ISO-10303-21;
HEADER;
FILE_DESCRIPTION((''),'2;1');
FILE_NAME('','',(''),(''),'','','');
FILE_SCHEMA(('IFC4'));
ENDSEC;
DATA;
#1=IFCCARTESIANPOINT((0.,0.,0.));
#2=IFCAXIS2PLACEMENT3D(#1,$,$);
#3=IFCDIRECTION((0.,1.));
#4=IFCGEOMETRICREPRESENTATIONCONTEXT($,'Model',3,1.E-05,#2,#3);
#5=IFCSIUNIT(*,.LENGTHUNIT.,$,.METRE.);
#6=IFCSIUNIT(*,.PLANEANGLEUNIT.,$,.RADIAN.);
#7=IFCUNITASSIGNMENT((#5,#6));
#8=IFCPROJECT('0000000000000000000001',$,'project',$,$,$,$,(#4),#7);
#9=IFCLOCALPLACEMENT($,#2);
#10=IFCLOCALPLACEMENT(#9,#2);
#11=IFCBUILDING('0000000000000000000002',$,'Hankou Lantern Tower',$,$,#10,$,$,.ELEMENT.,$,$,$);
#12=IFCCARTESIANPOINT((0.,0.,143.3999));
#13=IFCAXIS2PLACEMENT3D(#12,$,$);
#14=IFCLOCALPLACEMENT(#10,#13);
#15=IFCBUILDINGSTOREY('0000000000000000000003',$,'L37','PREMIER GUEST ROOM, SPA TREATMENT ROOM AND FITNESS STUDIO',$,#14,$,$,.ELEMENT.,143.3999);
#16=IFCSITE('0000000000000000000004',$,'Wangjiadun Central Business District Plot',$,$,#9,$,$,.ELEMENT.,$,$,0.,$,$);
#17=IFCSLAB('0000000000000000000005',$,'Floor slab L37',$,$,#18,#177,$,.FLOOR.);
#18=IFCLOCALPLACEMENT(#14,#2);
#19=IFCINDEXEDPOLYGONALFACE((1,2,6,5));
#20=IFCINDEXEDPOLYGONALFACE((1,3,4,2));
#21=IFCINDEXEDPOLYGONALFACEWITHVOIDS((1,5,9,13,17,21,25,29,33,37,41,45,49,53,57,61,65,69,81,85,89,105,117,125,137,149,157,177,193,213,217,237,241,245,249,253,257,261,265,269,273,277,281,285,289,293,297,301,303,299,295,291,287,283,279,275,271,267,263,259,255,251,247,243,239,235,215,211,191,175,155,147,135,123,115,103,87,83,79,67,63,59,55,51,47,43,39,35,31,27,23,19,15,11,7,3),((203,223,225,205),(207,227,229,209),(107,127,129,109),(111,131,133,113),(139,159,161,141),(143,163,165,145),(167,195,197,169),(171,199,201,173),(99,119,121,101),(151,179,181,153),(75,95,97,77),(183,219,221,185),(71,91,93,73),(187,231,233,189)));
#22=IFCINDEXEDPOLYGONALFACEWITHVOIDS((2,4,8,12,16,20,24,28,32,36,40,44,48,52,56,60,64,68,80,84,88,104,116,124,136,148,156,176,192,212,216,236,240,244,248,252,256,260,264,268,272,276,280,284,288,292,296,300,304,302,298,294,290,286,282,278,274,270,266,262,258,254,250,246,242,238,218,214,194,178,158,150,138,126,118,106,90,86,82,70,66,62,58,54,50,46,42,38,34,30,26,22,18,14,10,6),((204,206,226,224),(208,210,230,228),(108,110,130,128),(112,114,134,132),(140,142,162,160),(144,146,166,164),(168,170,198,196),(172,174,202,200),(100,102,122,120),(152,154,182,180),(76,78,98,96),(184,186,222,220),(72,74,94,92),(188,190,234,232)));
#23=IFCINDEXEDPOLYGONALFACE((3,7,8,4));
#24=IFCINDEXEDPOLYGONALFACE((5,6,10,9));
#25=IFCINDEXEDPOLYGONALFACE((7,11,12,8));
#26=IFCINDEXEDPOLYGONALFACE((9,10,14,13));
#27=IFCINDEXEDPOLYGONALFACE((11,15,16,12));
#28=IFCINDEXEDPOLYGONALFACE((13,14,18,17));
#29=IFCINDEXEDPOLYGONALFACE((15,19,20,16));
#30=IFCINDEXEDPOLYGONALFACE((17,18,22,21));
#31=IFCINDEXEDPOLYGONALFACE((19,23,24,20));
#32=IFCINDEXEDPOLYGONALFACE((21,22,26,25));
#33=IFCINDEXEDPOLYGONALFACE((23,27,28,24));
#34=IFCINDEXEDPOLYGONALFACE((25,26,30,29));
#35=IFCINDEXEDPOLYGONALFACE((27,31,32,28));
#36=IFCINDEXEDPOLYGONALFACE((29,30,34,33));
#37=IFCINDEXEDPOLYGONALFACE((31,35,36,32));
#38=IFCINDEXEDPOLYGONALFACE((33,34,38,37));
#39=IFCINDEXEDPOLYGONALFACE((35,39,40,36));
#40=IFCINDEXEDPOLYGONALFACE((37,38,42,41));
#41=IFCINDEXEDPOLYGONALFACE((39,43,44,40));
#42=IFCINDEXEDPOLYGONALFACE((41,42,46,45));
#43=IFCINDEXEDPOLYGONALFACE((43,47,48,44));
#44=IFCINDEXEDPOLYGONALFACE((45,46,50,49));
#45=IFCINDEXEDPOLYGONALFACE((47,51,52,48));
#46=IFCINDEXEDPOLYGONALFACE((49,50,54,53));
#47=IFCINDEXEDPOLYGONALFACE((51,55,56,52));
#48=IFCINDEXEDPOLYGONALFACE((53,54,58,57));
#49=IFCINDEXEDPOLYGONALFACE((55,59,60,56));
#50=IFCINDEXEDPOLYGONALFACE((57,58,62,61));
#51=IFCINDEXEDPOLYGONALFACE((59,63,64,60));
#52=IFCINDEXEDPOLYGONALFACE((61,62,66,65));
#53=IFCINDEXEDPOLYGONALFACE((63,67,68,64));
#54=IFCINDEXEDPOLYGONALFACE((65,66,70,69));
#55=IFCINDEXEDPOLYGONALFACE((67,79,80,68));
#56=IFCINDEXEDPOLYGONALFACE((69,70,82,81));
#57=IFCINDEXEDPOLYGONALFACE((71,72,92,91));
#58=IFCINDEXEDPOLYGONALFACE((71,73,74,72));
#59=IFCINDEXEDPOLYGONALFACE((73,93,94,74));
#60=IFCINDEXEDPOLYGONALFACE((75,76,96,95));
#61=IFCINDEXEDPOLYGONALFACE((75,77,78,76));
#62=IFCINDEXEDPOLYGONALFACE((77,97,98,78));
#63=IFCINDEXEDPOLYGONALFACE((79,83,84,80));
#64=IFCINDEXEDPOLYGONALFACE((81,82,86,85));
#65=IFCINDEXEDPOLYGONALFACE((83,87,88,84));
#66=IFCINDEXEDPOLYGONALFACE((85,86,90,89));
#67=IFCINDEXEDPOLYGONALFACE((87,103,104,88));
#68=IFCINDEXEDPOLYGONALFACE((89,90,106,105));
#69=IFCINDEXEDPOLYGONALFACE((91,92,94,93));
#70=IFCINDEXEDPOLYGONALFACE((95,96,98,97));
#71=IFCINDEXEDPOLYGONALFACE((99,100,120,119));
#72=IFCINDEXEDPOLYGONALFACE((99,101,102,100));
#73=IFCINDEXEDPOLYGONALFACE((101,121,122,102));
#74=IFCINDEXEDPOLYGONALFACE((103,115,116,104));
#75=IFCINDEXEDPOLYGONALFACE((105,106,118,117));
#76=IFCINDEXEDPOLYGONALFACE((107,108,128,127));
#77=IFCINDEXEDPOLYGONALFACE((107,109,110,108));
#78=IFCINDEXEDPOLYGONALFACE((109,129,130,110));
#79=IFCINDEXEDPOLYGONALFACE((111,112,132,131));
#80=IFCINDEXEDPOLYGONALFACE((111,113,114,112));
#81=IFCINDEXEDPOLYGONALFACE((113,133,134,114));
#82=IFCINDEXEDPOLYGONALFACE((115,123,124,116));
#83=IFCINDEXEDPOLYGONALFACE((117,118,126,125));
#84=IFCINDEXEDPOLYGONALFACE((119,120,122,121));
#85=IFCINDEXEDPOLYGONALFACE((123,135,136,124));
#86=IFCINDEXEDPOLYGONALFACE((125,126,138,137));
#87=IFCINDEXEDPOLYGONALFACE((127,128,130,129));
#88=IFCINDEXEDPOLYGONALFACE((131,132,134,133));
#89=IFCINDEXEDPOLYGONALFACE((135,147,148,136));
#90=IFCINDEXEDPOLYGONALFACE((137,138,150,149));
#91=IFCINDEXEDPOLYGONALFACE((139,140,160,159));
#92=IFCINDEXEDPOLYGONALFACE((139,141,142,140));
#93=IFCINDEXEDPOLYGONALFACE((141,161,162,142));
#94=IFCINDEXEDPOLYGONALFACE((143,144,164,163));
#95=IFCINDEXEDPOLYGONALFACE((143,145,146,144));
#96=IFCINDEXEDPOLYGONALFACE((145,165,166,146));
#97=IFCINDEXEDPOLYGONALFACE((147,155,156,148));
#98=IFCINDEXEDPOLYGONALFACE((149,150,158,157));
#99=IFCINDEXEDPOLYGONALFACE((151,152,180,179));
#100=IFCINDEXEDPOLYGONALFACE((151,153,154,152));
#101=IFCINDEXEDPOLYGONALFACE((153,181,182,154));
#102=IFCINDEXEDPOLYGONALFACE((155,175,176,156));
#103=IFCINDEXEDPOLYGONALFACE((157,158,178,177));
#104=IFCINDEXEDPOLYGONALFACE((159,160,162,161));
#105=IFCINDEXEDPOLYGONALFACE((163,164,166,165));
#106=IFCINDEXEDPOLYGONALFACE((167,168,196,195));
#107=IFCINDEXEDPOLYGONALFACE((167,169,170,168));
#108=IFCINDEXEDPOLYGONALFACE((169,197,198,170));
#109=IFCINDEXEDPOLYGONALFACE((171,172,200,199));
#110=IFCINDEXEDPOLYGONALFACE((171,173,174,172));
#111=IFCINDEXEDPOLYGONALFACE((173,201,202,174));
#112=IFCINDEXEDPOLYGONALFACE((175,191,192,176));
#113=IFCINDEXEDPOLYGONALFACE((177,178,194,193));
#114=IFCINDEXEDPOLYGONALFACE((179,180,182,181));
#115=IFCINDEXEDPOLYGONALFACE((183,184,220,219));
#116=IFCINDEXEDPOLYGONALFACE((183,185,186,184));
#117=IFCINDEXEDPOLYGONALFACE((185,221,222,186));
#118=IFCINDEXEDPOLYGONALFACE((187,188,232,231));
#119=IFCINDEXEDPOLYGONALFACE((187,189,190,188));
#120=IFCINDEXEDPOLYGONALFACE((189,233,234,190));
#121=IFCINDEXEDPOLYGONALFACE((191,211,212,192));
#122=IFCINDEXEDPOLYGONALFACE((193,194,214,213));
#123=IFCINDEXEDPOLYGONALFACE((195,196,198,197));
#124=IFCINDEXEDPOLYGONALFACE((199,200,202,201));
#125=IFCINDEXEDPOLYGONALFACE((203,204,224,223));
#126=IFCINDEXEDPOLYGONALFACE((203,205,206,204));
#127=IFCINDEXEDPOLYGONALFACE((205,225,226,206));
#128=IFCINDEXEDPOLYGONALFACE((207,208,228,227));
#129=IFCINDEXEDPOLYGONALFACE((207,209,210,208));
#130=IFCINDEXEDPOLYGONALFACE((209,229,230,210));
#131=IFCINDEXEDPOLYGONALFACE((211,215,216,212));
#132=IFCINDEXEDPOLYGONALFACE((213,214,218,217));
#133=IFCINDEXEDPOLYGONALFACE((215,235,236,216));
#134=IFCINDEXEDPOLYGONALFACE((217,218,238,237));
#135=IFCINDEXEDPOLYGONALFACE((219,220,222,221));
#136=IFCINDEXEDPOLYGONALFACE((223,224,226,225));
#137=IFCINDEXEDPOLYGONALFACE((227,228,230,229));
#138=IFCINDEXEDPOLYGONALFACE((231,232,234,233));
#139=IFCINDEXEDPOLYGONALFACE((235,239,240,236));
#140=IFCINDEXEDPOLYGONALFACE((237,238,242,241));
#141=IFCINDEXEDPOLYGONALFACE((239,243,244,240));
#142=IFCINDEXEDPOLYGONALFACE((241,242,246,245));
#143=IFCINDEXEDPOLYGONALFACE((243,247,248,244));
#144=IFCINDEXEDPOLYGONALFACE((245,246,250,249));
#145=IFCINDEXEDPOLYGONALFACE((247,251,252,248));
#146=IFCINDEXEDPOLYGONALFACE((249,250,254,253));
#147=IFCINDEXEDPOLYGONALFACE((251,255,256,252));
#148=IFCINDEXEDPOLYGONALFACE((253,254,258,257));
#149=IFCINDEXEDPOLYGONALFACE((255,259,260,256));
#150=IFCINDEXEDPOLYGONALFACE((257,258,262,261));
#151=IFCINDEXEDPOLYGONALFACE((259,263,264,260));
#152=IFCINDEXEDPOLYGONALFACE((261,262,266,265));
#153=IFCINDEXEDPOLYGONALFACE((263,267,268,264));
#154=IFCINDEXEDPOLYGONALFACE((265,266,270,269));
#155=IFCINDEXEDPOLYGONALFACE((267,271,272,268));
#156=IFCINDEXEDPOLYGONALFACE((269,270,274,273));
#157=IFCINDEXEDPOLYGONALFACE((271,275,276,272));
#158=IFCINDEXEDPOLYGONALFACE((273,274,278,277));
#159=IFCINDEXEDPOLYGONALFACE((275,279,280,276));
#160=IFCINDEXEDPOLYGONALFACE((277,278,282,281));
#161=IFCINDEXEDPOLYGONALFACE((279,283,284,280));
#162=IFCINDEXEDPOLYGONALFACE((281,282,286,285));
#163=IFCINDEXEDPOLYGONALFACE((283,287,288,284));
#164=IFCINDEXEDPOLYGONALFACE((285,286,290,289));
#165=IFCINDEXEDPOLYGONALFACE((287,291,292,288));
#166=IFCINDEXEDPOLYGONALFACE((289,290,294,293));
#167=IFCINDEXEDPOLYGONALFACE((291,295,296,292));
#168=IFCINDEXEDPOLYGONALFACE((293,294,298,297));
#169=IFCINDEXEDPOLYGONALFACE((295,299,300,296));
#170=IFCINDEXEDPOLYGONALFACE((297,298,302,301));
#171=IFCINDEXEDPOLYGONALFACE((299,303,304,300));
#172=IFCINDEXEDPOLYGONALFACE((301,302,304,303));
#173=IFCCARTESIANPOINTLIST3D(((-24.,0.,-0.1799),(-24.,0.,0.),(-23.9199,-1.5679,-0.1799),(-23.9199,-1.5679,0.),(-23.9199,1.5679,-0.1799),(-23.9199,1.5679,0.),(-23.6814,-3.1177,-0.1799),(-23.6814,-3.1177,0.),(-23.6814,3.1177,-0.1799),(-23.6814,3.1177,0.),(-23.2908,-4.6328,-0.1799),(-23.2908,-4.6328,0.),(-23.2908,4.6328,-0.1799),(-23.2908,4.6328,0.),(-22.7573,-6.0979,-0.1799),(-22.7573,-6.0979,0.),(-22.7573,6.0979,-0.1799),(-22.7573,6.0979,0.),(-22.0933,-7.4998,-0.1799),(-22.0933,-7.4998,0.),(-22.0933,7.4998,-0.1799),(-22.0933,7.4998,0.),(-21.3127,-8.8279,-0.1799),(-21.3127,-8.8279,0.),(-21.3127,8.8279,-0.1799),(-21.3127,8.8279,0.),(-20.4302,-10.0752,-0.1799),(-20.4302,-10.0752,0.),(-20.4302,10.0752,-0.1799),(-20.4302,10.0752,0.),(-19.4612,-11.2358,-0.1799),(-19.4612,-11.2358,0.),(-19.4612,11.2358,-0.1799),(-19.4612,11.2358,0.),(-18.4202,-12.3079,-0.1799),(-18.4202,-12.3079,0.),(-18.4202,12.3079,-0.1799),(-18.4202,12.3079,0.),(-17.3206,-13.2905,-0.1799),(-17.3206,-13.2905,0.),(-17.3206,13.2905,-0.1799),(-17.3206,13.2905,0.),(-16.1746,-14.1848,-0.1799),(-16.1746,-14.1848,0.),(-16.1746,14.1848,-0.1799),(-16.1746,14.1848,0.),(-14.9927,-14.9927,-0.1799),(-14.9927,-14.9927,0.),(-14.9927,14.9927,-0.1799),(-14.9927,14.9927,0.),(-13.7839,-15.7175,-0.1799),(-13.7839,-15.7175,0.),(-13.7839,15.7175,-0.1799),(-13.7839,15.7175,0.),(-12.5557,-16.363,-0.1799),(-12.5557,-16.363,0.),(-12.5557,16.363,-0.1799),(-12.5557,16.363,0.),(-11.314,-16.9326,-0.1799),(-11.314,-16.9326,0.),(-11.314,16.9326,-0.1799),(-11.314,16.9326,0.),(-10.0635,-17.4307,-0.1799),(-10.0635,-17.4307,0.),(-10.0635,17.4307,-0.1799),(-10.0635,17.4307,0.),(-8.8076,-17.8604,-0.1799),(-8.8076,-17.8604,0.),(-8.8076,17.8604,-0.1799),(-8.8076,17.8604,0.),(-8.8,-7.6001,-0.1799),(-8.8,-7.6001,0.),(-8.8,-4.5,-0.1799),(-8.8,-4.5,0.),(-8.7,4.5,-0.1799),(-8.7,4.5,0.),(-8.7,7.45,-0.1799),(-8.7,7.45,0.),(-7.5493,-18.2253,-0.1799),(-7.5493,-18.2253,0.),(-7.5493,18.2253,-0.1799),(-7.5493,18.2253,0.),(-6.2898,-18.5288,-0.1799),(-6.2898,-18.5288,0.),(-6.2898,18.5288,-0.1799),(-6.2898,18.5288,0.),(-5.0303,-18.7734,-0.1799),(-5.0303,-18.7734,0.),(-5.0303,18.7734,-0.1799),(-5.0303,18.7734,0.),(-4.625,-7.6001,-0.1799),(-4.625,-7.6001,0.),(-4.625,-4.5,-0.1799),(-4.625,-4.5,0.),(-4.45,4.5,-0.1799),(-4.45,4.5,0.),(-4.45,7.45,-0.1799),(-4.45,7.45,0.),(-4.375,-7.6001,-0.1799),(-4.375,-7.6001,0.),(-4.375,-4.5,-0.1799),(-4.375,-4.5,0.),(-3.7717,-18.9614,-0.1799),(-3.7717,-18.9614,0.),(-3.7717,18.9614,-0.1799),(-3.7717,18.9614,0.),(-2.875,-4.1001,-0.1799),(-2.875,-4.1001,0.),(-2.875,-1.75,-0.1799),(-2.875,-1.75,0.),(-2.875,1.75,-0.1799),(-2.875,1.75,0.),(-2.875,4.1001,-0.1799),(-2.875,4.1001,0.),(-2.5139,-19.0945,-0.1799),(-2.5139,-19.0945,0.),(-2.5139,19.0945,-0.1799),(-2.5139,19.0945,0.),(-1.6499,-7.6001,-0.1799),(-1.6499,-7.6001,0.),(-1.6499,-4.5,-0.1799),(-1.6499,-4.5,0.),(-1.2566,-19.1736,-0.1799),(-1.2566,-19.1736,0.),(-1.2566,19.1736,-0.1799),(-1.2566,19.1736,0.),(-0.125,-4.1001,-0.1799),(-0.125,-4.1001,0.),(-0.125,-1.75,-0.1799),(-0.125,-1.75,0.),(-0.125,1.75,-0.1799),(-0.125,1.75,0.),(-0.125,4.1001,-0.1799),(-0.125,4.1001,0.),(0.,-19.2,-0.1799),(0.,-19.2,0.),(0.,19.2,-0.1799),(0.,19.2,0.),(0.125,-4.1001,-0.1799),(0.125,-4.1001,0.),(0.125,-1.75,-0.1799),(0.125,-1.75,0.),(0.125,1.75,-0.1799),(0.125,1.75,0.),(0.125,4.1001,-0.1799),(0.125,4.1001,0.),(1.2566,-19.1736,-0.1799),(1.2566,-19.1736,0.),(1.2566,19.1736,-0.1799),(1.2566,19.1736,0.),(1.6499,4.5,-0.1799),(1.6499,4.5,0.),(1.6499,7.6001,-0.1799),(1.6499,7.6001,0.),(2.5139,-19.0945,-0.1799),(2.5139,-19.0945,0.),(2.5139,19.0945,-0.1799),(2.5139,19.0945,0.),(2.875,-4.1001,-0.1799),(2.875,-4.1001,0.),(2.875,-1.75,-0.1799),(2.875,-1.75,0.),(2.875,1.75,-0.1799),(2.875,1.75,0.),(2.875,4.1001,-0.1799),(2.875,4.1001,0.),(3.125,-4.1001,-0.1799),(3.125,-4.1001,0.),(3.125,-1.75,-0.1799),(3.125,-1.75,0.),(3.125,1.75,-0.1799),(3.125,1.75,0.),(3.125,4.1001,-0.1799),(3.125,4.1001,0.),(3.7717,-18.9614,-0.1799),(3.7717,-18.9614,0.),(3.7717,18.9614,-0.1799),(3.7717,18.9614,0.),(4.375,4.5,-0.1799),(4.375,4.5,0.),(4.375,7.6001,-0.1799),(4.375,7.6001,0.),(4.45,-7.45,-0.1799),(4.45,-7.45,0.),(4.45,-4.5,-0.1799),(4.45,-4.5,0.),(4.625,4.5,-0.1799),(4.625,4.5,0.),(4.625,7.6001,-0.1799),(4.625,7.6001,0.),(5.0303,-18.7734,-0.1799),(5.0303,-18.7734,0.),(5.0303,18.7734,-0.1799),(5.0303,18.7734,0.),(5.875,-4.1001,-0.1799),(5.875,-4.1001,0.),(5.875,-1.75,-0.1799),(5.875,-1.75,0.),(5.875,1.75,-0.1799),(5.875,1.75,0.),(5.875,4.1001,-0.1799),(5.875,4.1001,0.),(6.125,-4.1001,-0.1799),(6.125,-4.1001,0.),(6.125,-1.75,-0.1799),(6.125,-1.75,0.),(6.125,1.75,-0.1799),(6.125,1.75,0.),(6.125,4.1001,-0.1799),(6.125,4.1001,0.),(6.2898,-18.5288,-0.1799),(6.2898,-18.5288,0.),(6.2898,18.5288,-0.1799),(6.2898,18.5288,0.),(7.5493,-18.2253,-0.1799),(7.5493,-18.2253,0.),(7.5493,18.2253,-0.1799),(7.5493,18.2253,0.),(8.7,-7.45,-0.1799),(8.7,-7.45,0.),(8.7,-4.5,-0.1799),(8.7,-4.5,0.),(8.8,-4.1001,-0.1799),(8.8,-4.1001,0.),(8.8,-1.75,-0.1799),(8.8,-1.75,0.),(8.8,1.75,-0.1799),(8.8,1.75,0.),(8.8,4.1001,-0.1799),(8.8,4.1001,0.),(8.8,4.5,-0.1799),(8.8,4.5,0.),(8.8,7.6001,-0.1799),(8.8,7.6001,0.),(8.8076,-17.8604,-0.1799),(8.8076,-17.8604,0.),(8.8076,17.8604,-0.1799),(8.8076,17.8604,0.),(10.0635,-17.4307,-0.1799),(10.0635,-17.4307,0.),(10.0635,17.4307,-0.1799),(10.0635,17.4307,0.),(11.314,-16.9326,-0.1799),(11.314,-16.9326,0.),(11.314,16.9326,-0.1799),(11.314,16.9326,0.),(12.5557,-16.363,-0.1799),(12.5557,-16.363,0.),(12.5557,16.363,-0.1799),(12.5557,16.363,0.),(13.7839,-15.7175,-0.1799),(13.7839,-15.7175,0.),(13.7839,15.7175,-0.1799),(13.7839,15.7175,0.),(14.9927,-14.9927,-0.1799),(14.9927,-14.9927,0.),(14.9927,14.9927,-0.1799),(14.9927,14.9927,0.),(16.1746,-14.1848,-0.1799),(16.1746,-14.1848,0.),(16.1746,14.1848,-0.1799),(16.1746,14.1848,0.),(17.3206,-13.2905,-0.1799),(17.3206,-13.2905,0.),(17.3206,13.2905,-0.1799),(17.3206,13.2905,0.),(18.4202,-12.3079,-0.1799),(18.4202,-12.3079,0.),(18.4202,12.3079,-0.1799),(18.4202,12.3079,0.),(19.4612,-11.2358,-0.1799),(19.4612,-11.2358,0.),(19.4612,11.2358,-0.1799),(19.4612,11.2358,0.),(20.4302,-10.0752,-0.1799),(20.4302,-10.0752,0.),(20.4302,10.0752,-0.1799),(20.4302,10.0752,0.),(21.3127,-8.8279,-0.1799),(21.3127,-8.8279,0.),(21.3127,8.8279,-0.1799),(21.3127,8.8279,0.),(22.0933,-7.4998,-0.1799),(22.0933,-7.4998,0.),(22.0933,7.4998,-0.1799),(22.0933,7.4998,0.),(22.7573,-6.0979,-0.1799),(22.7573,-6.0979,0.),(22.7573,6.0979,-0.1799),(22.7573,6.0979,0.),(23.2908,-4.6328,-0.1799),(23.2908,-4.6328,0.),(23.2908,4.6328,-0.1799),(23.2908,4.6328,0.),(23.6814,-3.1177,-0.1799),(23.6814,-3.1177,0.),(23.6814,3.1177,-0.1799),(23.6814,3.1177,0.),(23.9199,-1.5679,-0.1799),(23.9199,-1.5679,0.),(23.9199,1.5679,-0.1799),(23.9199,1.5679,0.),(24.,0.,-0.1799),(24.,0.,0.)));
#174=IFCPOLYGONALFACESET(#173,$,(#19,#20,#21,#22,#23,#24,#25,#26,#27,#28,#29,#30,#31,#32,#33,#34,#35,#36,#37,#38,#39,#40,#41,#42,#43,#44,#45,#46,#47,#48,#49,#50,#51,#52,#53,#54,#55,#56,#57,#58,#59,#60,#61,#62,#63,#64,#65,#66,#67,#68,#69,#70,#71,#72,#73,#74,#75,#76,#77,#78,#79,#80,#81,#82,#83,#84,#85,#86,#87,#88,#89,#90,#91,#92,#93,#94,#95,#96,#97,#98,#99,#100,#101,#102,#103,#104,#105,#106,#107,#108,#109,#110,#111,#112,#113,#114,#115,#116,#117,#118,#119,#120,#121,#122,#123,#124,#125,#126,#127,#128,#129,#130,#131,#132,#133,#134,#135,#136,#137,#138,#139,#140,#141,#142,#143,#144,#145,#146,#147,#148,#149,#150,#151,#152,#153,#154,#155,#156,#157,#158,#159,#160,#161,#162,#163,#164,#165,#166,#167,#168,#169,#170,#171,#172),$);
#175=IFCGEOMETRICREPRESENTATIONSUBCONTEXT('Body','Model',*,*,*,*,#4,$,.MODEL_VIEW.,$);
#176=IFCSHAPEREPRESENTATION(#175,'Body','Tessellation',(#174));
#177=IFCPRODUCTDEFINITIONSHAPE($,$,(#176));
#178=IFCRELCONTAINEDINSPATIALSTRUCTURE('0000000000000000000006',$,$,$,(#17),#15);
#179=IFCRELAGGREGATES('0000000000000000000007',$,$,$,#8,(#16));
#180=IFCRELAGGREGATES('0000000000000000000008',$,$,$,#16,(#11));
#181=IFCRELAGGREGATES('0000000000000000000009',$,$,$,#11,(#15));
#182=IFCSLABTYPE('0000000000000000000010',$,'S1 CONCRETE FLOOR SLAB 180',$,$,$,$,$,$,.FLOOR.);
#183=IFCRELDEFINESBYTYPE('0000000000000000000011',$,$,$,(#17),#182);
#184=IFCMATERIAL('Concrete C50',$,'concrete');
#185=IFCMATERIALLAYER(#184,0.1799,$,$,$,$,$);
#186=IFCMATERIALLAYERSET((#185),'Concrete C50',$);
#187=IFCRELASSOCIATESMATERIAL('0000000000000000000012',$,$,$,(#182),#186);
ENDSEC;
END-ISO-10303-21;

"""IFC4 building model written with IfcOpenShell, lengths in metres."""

from ifc_helpers import new_model, si_unit, direction, frame, origin, place, context, subcontext, project, spatial, polyline, outline, extrude, material, layer, layer_set, type_object, element, save


model = new_model("IFC4")

# Units and contexts
model_context = context("Model", 3, precision=1e-05, world=origin(), true_north=direction((0.0, 1.0)))
body_context = subcontext(model_context, "Body", "Model", "MODEL_VIEW")
ifc_project = project(units=[si_unit("LENGTHUNIT", "METRE"), si_unit("PLANEANGLEUNIT", "RADIAN")], contexts=[model_context])

# Site, building, storey
site_placement = place(None, origin())
site = spatial("IfcSite", under=ifc_project, at=site_placement, Name="Wangjiadun Central Business District Plot", CompositionType="ELEMENT", RefElevation=0.0)
building_placement = place(site_placement, origin())
building = spatial("IfcBuilding", under=site, at=building_placement, Name="Hankou Lantern Tower", CompositionType="ELEMENT")
storey_placement = place(building_placement, frame((0.0, 0.0, 143.3999)))
storey = spatial("IfcBuildingStorey", under=building, at=storey_placement, Name="L37", Description="PREMIER GUEST ROOM, SPA TREATMENT ROOM AND FITNESS STUDIO", CompositionType="ELEMENT", Elevation=143.3999)

# Slab
ifc_material_1 = material(Name="Concrete C50", Category="concrete")
ifc_layer_1 = layer(ifc_material_1, 0.1799)
ifc_layer_set_1 = layer_set([ifc_layer_1], Name="Concrete C50")
slab_type_1 = type_object("IfcSlabType", Name="S1 CONCRETE FLOOR SLAB 180", PredefinedType="FLOOR", material=ifc_layer_set_1)
slab_1_placement = place(storey_placement, frame((0.0, 0.0, -0.1799)))
element("IfcSlab", 1, at=slab_1_placement, inside=storey, type_object=slab_type_1, Name="Floor slab L37", PredefinedType="FLOOR", context=body_context, shape_type="SweptSolid", body=[
    extrude(outline(polyline([(24.0, 0.0), (23.9199, 1.5679), (23.6814, 3.1177), (23.2908, 4.6328), (22.7573, 6.0979), (22.0933, 7.4998), (21.3127, 8.8279), (20.4302, 10.0752), (19.4612, 11.2358), (18.4202, 12.3079), (17.3206, 13.2905), (16.1746, 14.1848), (14.9927, 14.9927), (13.7839, 15.7175), (12.5557, 16.363), (11.314, 16.9326), (10.0635, 17.4307), (8.8076, 17.8604), (7.5493, 18.2253), (6.2898, 18.5288), (5.0303, 18.7734), (3.7717, 18.9614), (2.5139, 19.0945), (1.2566, 19.1736), (0.0, 19.2), (-1.2566, 19.1736), (-2.5139, 19.0945), (-3.7717, 18.9614), (-5.0303, 18.7734), (-6.2898, 18.5288), (-7.5493, 18.2253), (-8.8076, 17.8604), (-10.0635, 17.4307), (-11.314, 16.9326), (-12.5557, 16.363), (-13.7839, 15.7175), (-14.9927, 14.9927), (-16.1746, 14.1848), (-17.3206, 13.2905), (-18.4202, 12.3079), (-19.4612, 11.2358), (-20.4302, 10.0752), (-21.3127, 8.8279), (-22.0933, 7.4998), (-22.7573, 6.0979), (-23.2908, 4.6328), (-23.6814, 3.1177), (-23.9199, 1.5679), (-24.0, 0.0), (-23.9199, -1.5679), (-23.6814, -3.1177), (-23.2908, -4.6328), (-22.7573, -6.0979), (-22.0933, -7.4998), (-21.3127, -8.8279), (-20.4302, -10.0752), (-19.4612, -11.2358), (-18.4202, -12.3079), (-17.3206, -13.2905), (-16.1746, -14.1848), (-14.9927, -14.9927), (-13.7839, -15.7175), (-12.5557, -16.363), (-11.314, -16.9326), (-10.0635, -17.4307), (-8.8076, -17.8604), (-7.5493, -18.2253), (-6.2898, -18.5288), (-5.0303, -18.7734), (-3.7717, -18.9614), (-2.5139, -19.0945), (-1.2566, -19.1736), (0.0, -19.2), (1.2566, -19.1736), (2.5139, -19.0945), (3.7717, -18.9614), (5.0303, -18.7734), (6.2898, -18.5288), (7.5493, -18.2253), (8.8076, -17.8604), (10.0635, -17.4307), (11.314, -16.9326), (12.5557, -16.363), (13.7839, -15.7175), (14.9927, -14.9927), (16.1746, -14.1848), (17.3206, -13.2905), (18.4202, -12.3079), (19.4612, -11.2358), (20.4302, -10.0752), (21.3127, -8.8279), (22.0933, -7.4998), (22.7573, -6.0979), (23.2908, -4.6328), (23.6814, -3.1177), (23.9199, -1.5679), (24.0, 0.0)]), holes=[polyline([(-2.875, 4.1001), (-0.125, 4.1001), (-0.125, 1.75), (-2.875, 1.75), (-2.875, 4.1001)]), polyline([(0.125, 4.1001), (2.875, 4.1001), (2.875, 1.75), (0.125, 1.75), (0.125, 4.1001)]), polyline([(3.125, 4.1001), (5.875, 4.1001), (5.875, 1.75), (3.125, 1.75), (3.125, 4.1001)]), polyline([(6.125, 4.1001), (8.8, 4.1001), (8.8, 1.75), (6.125, 1.75), (6.125, 4.1001)]), polyline([(-2.875, -1.75), (-0.125, -1.75), (-0.125, -4.1001), (-2.875, -4.1001), (-2.875, -1.75)]), polyline([(0.125, -1.75), (2.875, -1.75), (2.875, -4.1001), (0.125, -4.1001), (0.125, -1.75)]), polyline([(3.125, -1.75), (5.875, -1.75), (5.875, -4.1001), (3.125, -4.1001), (3.125, -1.75)]), polyline([(6.125, -1.75), (8.8, -1.75), (8.8, -4.1001), (6.125, -4.1001), (6.125, -1.75)]), polyline([(1.6499, 7.6001), (4.375, 7.6001), (4.375, 4.5), (1.6499, 4.5), (1.6499, 7.6001)]), polyline([(-4.375, -4.5), (-1.6499, -4.5), (-1.6499, -7.6001), (-4.375, -7.6001), (-4.375, -4.5)]), polyline([(-8.7, 7.45), (-4.45, 7.45), (-4.45, 4.5), (-8.7, 4.5), (-8.7, 7.45)]), polyline([(4.45, -4.5), (8.7, -4.5), (8.7, -7.45), (4.45, -7.45), (4.45, -4.5)]), polyline([(4.625, 7.6001), (8.8, 7.6001), (8.8, 4.5), (4.625, 4.5), (4.625, 7.6001)]), polyline([(-8.8, -4.5), (-4.625, -4.5), (-4.625, -7.6001), (-8.8, -7.6001), (-8.8, -4.5)])]), origin(), (0.0, 0.0, 1.0), 0.1799),
])

save(model, "model.ifc")
